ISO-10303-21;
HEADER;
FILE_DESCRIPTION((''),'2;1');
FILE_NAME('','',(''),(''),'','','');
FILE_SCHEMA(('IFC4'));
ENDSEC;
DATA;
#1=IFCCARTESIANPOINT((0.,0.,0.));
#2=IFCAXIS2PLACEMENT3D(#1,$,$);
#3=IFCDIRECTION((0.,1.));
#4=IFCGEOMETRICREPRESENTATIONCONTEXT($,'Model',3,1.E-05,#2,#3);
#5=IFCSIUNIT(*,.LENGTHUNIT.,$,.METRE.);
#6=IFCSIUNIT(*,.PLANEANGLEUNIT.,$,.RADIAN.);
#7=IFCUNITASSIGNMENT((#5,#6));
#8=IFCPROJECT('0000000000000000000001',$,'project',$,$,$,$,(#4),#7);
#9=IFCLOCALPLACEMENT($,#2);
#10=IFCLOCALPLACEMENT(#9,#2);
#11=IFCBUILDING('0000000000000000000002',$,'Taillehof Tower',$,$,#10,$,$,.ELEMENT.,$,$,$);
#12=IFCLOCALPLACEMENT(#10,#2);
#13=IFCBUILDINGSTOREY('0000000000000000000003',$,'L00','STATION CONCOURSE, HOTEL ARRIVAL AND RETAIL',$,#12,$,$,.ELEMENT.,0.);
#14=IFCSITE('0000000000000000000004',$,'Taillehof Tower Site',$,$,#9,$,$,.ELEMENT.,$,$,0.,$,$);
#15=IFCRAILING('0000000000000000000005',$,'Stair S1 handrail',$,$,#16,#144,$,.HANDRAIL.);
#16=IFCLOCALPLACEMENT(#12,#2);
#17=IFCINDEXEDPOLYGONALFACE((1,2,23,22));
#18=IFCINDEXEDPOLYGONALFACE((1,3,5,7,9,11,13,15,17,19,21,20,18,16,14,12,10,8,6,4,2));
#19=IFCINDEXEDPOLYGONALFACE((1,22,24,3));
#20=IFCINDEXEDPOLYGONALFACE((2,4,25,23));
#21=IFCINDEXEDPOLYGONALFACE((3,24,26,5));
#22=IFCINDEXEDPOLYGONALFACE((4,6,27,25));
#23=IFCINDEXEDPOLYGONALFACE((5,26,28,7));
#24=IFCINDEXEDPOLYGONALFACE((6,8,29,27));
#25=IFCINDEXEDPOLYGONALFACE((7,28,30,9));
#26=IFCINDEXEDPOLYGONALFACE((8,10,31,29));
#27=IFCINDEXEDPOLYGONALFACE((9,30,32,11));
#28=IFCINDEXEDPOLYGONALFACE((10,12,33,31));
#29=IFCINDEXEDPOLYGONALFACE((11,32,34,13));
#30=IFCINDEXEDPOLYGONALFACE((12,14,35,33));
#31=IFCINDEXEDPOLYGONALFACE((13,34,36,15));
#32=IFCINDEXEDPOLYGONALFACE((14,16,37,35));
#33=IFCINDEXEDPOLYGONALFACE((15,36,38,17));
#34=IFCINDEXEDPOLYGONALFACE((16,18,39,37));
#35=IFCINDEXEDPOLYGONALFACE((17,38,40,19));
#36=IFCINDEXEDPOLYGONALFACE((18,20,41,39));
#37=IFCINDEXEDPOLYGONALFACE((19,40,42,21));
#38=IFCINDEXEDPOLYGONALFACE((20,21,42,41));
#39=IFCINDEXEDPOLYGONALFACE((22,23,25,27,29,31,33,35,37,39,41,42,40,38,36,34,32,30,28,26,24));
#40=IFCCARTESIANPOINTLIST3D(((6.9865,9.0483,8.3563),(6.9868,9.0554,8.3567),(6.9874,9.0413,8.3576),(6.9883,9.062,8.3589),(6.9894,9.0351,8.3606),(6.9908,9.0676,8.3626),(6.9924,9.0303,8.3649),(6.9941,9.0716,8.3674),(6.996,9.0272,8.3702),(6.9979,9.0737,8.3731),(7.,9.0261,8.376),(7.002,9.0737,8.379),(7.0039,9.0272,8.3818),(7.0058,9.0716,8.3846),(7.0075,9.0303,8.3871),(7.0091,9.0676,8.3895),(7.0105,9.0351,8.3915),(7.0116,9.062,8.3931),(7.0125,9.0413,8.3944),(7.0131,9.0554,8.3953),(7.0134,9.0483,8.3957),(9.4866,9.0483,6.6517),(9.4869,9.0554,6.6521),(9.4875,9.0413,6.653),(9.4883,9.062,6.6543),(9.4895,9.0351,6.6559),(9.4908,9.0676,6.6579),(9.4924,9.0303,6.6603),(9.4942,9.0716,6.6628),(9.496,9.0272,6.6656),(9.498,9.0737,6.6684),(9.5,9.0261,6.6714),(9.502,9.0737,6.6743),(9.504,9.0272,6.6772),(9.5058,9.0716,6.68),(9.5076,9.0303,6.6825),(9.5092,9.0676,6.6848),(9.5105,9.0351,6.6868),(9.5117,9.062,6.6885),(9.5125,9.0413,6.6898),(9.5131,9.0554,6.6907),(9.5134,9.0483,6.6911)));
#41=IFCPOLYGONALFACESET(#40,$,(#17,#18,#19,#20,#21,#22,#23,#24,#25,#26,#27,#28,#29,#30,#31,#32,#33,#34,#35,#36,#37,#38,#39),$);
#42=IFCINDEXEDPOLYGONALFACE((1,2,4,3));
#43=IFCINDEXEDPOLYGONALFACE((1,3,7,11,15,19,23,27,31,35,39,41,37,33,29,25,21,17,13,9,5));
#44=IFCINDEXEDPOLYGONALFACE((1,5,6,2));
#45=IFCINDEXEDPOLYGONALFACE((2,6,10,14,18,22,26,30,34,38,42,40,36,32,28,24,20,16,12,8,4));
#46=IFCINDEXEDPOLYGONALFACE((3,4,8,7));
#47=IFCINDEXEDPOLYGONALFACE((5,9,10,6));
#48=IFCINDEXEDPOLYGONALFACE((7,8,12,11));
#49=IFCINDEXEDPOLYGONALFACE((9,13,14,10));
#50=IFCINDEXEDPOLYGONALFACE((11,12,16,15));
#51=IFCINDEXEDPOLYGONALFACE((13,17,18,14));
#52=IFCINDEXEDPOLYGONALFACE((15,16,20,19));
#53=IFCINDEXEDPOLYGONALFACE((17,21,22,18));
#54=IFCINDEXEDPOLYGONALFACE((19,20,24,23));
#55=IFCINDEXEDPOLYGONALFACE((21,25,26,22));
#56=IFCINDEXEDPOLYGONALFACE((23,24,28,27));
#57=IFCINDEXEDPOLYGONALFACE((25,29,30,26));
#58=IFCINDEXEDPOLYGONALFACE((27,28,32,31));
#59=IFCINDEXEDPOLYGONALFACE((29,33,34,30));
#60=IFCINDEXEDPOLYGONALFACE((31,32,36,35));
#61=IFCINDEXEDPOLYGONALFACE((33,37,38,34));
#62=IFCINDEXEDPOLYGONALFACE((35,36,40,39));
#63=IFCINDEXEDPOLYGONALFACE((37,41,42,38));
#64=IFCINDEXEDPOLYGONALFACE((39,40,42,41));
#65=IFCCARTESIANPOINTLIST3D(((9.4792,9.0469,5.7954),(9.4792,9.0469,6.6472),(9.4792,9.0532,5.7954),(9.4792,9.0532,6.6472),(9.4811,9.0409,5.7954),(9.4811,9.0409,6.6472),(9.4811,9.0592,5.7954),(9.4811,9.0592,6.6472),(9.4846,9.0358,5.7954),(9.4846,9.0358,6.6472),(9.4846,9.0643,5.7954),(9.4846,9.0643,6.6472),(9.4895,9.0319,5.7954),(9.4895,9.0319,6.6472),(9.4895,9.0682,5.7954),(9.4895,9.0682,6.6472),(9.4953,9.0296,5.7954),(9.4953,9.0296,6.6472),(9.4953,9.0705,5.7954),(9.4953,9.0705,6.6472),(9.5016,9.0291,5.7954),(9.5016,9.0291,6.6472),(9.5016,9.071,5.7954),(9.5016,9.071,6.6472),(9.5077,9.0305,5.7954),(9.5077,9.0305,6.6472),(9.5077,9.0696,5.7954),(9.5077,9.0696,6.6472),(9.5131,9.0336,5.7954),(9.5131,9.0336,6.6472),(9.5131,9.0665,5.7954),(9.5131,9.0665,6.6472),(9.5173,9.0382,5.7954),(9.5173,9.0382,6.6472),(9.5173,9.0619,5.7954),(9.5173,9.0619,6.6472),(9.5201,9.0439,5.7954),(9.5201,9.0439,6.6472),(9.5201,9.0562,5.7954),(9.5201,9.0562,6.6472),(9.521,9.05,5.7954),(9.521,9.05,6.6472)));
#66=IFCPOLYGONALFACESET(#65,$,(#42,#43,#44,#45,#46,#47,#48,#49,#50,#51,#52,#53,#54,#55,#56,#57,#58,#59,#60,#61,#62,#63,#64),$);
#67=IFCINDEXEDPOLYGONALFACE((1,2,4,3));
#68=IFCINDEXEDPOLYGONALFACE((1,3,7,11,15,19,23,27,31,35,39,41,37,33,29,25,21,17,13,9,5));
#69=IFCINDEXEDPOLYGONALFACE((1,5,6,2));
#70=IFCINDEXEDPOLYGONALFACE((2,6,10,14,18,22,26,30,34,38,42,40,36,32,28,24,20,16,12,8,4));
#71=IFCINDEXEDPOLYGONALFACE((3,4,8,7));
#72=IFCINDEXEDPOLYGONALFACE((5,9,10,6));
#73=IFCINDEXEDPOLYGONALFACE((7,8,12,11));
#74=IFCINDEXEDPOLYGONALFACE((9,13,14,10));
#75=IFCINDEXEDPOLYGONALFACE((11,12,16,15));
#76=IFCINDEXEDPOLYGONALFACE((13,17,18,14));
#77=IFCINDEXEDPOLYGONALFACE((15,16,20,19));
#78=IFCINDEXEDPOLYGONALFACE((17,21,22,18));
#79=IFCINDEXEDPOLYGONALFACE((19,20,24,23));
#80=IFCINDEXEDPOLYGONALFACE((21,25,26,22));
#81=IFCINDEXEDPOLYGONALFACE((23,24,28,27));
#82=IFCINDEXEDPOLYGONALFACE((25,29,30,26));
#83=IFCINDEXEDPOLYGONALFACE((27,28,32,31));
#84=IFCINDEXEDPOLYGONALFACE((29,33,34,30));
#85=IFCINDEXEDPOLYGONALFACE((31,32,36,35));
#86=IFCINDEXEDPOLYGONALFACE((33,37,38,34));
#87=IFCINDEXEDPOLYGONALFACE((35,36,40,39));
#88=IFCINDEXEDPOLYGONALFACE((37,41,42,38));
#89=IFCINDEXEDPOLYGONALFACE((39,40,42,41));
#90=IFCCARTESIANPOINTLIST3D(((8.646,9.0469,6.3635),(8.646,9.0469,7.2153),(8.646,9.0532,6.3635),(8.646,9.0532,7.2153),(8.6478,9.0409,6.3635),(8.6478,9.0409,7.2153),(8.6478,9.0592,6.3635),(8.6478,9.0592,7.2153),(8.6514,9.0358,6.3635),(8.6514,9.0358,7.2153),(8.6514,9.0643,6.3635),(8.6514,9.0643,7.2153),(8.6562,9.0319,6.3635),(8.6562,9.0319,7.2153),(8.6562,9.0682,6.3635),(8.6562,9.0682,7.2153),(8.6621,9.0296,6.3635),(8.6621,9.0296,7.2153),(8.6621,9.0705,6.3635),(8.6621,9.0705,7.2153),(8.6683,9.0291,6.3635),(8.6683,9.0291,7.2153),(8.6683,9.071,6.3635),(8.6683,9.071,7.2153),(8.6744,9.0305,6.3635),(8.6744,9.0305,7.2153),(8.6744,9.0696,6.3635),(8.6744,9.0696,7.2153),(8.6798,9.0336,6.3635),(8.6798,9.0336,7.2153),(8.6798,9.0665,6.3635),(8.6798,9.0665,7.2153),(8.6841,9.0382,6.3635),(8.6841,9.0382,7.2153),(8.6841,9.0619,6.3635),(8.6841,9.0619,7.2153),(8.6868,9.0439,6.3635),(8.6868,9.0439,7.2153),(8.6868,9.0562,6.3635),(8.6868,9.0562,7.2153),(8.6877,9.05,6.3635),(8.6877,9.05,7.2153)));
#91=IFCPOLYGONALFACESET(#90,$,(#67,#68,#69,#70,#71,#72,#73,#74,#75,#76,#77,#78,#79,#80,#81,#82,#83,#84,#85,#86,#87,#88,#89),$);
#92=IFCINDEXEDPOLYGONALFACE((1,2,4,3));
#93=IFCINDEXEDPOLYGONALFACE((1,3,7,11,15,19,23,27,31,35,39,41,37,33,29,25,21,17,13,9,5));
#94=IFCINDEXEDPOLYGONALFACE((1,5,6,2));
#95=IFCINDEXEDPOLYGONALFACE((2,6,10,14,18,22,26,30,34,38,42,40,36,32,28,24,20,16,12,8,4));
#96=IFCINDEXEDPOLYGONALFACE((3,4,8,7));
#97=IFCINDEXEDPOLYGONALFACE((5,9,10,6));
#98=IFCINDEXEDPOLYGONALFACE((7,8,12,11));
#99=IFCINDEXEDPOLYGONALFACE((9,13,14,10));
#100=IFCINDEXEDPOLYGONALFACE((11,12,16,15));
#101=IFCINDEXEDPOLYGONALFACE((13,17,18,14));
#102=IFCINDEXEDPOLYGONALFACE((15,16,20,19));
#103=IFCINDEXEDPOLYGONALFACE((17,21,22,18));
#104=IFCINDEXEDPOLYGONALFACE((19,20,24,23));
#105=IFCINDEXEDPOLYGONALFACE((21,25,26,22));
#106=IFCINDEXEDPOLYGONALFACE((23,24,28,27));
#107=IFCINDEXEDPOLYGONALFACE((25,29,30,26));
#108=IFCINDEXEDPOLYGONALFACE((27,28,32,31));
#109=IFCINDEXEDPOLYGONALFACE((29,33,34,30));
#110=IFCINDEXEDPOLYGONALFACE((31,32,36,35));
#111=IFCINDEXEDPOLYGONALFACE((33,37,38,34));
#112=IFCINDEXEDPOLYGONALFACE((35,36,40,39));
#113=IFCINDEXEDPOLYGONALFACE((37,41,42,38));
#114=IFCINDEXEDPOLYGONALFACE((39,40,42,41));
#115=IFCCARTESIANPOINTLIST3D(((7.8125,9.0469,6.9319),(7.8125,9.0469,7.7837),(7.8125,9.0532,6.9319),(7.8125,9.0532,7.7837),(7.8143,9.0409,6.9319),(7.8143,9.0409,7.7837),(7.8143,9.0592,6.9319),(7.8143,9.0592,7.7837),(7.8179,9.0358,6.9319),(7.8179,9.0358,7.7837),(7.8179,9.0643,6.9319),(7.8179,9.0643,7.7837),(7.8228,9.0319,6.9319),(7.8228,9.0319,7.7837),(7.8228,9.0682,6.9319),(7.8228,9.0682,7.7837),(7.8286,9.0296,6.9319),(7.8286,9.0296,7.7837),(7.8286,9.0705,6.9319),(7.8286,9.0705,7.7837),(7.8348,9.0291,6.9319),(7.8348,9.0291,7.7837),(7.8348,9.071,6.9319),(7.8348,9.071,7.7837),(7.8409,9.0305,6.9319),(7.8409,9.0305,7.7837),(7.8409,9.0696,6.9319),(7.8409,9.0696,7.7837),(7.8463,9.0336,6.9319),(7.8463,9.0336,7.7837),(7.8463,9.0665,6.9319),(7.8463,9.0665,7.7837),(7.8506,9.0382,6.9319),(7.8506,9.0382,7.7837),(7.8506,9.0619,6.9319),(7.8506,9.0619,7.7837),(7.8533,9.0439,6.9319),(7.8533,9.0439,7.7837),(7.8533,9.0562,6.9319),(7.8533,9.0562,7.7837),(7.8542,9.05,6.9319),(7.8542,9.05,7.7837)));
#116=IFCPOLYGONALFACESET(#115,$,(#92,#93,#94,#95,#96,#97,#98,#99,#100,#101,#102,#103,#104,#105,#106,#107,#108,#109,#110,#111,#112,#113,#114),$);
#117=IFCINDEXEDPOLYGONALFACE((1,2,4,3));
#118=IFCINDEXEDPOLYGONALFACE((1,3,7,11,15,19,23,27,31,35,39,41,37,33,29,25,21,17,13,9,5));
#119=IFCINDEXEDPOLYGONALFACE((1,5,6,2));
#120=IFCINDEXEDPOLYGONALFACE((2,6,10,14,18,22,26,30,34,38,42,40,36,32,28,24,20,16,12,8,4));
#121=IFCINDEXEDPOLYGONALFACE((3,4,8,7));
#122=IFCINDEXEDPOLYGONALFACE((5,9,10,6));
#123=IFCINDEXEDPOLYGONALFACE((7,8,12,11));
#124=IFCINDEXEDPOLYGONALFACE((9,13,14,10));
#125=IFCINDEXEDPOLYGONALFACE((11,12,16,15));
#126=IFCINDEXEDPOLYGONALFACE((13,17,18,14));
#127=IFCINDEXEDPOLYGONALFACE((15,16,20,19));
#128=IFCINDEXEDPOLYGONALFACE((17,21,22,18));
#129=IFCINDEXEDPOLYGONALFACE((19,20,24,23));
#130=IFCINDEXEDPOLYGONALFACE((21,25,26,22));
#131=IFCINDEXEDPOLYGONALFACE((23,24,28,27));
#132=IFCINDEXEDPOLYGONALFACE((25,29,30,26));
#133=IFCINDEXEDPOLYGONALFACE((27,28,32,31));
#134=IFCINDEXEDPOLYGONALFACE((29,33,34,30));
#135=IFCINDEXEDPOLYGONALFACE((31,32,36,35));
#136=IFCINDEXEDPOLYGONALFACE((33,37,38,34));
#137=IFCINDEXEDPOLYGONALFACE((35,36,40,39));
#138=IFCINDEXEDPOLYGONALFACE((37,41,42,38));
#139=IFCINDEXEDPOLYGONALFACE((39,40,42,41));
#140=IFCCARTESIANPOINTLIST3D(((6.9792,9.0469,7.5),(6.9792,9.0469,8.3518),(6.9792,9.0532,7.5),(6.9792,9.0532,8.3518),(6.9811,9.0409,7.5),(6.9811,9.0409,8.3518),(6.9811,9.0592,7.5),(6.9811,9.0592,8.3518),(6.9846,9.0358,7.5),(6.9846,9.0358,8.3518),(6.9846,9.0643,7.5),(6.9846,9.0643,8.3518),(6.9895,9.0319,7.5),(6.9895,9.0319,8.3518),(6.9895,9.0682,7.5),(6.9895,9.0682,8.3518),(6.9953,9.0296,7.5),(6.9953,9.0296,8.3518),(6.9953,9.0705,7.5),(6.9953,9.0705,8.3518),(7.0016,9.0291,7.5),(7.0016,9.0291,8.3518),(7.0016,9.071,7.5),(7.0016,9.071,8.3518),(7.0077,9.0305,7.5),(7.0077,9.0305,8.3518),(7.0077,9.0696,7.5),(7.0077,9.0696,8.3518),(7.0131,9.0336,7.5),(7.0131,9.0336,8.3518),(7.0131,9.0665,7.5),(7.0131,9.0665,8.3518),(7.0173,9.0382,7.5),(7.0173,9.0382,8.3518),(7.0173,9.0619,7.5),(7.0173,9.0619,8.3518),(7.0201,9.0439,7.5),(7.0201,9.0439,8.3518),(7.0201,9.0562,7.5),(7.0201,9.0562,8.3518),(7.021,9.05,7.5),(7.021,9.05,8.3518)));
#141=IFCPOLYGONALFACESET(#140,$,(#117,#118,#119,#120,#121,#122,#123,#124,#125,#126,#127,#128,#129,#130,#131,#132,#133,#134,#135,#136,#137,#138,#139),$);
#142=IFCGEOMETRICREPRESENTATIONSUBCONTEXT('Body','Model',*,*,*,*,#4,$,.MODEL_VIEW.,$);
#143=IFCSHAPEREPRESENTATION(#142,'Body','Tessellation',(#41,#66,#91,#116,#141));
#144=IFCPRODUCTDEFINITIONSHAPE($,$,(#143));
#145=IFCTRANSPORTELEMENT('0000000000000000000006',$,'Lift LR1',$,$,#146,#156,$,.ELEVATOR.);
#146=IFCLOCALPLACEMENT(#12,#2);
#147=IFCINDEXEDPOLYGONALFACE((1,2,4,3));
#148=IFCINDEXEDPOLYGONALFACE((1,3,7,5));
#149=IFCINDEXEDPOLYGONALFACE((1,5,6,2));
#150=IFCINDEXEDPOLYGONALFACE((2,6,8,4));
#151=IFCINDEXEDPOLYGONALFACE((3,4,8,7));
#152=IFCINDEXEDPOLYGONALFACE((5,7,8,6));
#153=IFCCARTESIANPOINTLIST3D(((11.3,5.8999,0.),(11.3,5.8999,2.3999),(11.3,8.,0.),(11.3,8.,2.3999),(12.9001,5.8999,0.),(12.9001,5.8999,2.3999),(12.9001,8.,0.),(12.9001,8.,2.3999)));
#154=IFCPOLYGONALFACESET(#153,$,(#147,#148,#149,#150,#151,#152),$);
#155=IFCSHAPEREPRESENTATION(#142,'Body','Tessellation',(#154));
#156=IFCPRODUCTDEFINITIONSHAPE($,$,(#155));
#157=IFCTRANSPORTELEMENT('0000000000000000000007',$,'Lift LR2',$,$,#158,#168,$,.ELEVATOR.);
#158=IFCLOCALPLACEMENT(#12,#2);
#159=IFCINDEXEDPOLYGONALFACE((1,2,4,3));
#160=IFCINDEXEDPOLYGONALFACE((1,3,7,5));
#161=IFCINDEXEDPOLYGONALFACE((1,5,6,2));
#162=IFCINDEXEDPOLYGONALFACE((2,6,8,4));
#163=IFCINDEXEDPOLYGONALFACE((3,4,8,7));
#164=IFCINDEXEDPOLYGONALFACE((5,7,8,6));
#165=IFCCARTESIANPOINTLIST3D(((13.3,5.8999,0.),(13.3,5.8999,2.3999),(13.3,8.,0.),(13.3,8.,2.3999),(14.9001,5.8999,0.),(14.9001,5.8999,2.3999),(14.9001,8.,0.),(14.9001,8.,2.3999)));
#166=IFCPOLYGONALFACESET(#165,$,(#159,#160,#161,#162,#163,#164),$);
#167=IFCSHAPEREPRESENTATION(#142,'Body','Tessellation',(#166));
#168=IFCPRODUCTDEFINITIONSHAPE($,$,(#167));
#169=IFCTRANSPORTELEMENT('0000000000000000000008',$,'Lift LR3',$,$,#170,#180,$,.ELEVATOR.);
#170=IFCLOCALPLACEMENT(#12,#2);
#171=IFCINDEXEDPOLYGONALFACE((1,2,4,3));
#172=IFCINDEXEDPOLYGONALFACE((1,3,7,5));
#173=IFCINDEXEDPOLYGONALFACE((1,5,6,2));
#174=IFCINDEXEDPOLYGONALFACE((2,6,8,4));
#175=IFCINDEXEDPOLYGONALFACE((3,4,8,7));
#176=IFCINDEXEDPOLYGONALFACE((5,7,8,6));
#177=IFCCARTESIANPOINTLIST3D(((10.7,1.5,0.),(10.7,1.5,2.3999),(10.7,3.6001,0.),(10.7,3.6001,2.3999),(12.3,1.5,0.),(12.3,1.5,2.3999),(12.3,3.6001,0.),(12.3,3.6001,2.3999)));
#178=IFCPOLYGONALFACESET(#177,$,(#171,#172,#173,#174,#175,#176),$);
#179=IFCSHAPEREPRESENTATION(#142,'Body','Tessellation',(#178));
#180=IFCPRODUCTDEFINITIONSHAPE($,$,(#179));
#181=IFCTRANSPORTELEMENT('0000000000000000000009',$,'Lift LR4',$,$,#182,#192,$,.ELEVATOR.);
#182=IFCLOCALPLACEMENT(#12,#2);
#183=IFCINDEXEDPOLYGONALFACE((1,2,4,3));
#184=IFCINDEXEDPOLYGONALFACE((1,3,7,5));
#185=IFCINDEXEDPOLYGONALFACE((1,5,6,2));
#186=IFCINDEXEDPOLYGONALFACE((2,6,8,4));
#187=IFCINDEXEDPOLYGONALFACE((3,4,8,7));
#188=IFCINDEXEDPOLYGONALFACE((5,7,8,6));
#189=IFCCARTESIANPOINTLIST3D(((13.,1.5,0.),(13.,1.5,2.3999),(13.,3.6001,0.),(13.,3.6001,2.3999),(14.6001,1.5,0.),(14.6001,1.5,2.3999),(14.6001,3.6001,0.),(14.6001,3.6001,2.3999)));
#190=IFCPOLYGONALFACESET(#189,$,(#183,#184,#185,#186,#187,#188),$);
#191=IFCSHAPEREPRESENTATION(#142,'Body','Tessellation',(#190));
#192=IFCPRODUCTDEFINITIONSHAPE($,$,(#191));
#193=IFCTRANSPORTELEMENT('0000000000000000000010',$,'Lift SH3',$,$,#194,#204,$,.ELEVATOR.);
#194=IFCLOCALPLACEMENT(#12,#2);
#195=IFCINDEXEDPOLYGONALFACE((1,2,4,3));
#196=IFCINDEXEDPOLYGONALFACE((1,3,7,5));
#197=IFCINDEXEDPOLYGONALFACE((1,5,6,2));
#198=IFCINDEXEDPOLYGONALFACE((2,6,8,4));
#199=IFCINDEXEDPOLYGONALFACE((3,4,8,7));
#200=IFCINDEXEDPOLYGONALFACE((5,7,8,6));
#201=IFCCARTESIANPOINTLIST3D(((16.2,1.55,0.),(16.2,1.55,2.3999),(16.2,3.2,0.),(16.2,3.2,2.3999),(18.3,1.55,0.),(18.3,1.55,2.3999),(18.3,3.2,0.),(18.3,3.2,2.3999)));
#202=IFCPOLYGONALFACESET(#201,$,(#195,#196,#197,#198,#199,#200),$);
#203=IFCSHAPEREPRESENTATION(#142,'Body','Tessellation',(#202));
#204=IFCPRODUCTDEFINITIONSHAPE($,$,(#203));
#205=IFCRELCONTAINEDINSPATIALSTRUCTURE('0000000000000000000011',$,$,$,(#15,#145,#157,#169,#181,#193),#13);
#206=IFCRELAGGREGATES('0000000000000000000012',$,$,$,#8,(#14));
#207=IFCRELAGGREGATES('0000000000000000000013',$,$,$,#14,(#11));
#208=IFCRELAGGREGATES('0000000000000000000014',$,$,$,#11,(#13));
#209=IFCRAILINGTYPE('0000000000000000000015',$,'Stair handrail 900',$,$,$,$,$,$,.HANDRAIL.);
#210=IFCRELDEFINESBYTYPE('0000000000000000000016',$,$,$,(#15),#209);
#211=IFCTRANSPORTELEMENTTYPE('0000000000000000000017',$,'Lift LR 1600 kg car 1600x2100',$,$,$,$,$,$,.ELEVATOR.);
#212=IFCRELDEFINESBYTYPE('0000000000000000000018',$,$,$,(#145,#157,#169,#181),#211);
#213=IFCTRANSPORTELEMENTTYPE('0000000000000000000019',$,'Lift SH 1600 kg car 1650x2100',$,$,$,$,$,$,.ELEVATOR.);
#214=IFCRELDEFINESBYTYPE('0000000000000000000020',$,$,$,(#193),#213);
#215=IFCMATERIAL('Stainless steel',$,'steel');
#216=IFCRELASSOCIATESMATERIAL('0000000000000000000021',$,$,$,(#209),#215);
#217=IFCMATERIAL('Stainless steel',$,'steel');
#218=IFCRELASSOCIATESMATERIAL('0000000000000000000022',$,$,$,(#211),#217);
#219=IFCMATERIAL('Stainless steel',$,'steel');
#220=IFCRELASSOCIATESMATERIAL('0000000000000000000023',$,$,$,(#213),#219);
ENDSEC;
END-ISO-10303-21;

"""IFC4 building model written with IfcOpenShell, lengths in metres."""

from ifc_helpers import new_model, si_unit, direction, frame, origin, origin_2d, place, context, subcontext, project, spatial, rectangle, circle, extrude, material, type_object, element, save


model = new_model("IFC4")

# Units and contexts
model_context = context("Model", 3, precision=1e-05, world=origin(), true_north=direction((0.0, 1.0)))
body_context = subcontext(model_context, "Body", "Model", "MODEL_VIEW")
ifc_project = project(units=[si_unit("LENGTHUNIT", "METRE"), si_unit("PLANEANGLEUNIT", "RADIAN")], contexts=[model_context])

# Site, building, storey
site_placement = place(None, origin())
site = spatial("IfcSite", under=ifc_project, at=site_placement, Name="Taillehof Tower Site", CompositionType="ELEMENT", RefElevation=0.0)
building_placement = place(site_placement, origin())
building = spatial("IfcBuilding", under=site, at=building_placement, Name="Taillehof Tower", CompositionType="ELEMENT")
storey_placement = place(building_placement, origin())
storey = spatial("IfcBuildingStorey", under=building, at=storey_placement, Name="L00", Description="STATION CONCOURSE, HOTEL ARRIVAL AND RETAIL", CompositionType="ELEMENT", Elevation=0.0)

# Railing
ifc_material_1 = material(Name="Stainless steel", Category="steel")
railing_type = type_object("IfcRailingType", Name="Stair handrail 900", PredefinedType="HANDRAIL", material=ifc_material_1)
for number, where, name in (
    (1, (9.5, 9.05, 5.7954), "Stair S1 handrail"),
):
    element("IfcRailing", number, at=place(storey_placement, frame(where)), inside=storey, type_object=railing_type, Name=name, PredefinedType="HANDRAIL", context=body_context, shape_type="SweptSolid", body=[
        extrude(circle(Radius=0.0239, at=origin_2d()), frame((0.0, 0.0, 0.876), z_axis=(-0.826221, 0.0, 0.563347), x_axis=(0.0, -1.0, 0.0)), (0.0, 0.0, 1.0), 3.0259),
        extrude(circle(Radius=0.021, at=origin_2d()), origin(), (0.0, 0.0, 1.0), 0.8518),
        extrude(circle(Radius=0.021, at=origin_2d()), frame((-0.8333, 0.0, 0.5681)), (0.0, 0.0, 1.0), 0.8518),
        extrude(circle(Radius=0.021, at=origin_2d()), frame((-1.6667, 0.0, 1.1365)), (0.0, 0.0, 1.0), 0.8518),
        extrude(circle(Radius=0.021, at=origin_2d()), frame((-2.5, 0.0, 1.7046)), (0.0, 0.0, 1.0), 0.8518),
    ])

# Transport elements
ifc_material_2 = material(Name="Stainless steel", Category="steel")
transport_element_type_1 = type_object("IfcTransportElementType", Name="Lift LR 1600 kg car 1600x2100", PredefinedType="ELEVATOR", material=ifc_material_2)
for number, where, z_axis, x_axis, name in (
    (2, (12.1001, 6.95, 0.0), (0.0, 0.0, 1.0), (1.0, 0.0, 0.0), "Lift LR1"),
    (3, (14.1001, 6.95, 0.0), (0.0, 0.0, 1.0), (1.0, 0.0, 0.0), "Lift LR2"),
    (4, (11.5, 2.55, 0.0), (0.0, 0.0, 1.0), (1.0, 0.0, 0.0), "Lift LR3"),
    (5, (13.8, 2.55, 0.0), (0.0, 0.0, 1.0), (1.0, 0.0, 0.0), "Lift LR4"),
):
    element("IfcTransportElement", number, at=place(storey_placement, frame(where, z_axis=z_axis, x_axis=x_axis)), inside=storey, type_object=transport_element_type_1, Name=name, PredefinedType="ELEVATOR", context=body_context, shape_type="SweptSolid", body=[
        extrude(rectangle(XDim=1.6001, YDim=2.1001, at=origin_2d()), origin(), (0.0, 0.0, 1.0), 2.3999),
    ])
ifc_material_3 = material(Name="Stainless steel", Category="steel")
transport_element_type_2 = type_object("IfcTransportElementType", Name="Lift SH 1600 kg car 1650x2100", PredefinedType="ELEVATOR", material=ifc_material_3)
transport_element_placement = place(storey_placement, frame((17.25, 2.375, 0.0), z_axis=(0.0, 0.0, 1.0), x_axis=(1.0, 0.0, 0.0)))
element("IfcTransportElement", 6, at=transport_element_placement, inside=storey, type_object=transport_element_type_2, Name="Lift SH3", PredefinedType="ELEVATOR", context=body_context, shape_type="SweptSolid", body=[
    extrude(rectangle(XDim=2.1001, YDim=1.6499, at=origin_2d()), origin(), (0.0, 0.0, 1.0), 2.3999),
])

save(model, "model.ifc")
